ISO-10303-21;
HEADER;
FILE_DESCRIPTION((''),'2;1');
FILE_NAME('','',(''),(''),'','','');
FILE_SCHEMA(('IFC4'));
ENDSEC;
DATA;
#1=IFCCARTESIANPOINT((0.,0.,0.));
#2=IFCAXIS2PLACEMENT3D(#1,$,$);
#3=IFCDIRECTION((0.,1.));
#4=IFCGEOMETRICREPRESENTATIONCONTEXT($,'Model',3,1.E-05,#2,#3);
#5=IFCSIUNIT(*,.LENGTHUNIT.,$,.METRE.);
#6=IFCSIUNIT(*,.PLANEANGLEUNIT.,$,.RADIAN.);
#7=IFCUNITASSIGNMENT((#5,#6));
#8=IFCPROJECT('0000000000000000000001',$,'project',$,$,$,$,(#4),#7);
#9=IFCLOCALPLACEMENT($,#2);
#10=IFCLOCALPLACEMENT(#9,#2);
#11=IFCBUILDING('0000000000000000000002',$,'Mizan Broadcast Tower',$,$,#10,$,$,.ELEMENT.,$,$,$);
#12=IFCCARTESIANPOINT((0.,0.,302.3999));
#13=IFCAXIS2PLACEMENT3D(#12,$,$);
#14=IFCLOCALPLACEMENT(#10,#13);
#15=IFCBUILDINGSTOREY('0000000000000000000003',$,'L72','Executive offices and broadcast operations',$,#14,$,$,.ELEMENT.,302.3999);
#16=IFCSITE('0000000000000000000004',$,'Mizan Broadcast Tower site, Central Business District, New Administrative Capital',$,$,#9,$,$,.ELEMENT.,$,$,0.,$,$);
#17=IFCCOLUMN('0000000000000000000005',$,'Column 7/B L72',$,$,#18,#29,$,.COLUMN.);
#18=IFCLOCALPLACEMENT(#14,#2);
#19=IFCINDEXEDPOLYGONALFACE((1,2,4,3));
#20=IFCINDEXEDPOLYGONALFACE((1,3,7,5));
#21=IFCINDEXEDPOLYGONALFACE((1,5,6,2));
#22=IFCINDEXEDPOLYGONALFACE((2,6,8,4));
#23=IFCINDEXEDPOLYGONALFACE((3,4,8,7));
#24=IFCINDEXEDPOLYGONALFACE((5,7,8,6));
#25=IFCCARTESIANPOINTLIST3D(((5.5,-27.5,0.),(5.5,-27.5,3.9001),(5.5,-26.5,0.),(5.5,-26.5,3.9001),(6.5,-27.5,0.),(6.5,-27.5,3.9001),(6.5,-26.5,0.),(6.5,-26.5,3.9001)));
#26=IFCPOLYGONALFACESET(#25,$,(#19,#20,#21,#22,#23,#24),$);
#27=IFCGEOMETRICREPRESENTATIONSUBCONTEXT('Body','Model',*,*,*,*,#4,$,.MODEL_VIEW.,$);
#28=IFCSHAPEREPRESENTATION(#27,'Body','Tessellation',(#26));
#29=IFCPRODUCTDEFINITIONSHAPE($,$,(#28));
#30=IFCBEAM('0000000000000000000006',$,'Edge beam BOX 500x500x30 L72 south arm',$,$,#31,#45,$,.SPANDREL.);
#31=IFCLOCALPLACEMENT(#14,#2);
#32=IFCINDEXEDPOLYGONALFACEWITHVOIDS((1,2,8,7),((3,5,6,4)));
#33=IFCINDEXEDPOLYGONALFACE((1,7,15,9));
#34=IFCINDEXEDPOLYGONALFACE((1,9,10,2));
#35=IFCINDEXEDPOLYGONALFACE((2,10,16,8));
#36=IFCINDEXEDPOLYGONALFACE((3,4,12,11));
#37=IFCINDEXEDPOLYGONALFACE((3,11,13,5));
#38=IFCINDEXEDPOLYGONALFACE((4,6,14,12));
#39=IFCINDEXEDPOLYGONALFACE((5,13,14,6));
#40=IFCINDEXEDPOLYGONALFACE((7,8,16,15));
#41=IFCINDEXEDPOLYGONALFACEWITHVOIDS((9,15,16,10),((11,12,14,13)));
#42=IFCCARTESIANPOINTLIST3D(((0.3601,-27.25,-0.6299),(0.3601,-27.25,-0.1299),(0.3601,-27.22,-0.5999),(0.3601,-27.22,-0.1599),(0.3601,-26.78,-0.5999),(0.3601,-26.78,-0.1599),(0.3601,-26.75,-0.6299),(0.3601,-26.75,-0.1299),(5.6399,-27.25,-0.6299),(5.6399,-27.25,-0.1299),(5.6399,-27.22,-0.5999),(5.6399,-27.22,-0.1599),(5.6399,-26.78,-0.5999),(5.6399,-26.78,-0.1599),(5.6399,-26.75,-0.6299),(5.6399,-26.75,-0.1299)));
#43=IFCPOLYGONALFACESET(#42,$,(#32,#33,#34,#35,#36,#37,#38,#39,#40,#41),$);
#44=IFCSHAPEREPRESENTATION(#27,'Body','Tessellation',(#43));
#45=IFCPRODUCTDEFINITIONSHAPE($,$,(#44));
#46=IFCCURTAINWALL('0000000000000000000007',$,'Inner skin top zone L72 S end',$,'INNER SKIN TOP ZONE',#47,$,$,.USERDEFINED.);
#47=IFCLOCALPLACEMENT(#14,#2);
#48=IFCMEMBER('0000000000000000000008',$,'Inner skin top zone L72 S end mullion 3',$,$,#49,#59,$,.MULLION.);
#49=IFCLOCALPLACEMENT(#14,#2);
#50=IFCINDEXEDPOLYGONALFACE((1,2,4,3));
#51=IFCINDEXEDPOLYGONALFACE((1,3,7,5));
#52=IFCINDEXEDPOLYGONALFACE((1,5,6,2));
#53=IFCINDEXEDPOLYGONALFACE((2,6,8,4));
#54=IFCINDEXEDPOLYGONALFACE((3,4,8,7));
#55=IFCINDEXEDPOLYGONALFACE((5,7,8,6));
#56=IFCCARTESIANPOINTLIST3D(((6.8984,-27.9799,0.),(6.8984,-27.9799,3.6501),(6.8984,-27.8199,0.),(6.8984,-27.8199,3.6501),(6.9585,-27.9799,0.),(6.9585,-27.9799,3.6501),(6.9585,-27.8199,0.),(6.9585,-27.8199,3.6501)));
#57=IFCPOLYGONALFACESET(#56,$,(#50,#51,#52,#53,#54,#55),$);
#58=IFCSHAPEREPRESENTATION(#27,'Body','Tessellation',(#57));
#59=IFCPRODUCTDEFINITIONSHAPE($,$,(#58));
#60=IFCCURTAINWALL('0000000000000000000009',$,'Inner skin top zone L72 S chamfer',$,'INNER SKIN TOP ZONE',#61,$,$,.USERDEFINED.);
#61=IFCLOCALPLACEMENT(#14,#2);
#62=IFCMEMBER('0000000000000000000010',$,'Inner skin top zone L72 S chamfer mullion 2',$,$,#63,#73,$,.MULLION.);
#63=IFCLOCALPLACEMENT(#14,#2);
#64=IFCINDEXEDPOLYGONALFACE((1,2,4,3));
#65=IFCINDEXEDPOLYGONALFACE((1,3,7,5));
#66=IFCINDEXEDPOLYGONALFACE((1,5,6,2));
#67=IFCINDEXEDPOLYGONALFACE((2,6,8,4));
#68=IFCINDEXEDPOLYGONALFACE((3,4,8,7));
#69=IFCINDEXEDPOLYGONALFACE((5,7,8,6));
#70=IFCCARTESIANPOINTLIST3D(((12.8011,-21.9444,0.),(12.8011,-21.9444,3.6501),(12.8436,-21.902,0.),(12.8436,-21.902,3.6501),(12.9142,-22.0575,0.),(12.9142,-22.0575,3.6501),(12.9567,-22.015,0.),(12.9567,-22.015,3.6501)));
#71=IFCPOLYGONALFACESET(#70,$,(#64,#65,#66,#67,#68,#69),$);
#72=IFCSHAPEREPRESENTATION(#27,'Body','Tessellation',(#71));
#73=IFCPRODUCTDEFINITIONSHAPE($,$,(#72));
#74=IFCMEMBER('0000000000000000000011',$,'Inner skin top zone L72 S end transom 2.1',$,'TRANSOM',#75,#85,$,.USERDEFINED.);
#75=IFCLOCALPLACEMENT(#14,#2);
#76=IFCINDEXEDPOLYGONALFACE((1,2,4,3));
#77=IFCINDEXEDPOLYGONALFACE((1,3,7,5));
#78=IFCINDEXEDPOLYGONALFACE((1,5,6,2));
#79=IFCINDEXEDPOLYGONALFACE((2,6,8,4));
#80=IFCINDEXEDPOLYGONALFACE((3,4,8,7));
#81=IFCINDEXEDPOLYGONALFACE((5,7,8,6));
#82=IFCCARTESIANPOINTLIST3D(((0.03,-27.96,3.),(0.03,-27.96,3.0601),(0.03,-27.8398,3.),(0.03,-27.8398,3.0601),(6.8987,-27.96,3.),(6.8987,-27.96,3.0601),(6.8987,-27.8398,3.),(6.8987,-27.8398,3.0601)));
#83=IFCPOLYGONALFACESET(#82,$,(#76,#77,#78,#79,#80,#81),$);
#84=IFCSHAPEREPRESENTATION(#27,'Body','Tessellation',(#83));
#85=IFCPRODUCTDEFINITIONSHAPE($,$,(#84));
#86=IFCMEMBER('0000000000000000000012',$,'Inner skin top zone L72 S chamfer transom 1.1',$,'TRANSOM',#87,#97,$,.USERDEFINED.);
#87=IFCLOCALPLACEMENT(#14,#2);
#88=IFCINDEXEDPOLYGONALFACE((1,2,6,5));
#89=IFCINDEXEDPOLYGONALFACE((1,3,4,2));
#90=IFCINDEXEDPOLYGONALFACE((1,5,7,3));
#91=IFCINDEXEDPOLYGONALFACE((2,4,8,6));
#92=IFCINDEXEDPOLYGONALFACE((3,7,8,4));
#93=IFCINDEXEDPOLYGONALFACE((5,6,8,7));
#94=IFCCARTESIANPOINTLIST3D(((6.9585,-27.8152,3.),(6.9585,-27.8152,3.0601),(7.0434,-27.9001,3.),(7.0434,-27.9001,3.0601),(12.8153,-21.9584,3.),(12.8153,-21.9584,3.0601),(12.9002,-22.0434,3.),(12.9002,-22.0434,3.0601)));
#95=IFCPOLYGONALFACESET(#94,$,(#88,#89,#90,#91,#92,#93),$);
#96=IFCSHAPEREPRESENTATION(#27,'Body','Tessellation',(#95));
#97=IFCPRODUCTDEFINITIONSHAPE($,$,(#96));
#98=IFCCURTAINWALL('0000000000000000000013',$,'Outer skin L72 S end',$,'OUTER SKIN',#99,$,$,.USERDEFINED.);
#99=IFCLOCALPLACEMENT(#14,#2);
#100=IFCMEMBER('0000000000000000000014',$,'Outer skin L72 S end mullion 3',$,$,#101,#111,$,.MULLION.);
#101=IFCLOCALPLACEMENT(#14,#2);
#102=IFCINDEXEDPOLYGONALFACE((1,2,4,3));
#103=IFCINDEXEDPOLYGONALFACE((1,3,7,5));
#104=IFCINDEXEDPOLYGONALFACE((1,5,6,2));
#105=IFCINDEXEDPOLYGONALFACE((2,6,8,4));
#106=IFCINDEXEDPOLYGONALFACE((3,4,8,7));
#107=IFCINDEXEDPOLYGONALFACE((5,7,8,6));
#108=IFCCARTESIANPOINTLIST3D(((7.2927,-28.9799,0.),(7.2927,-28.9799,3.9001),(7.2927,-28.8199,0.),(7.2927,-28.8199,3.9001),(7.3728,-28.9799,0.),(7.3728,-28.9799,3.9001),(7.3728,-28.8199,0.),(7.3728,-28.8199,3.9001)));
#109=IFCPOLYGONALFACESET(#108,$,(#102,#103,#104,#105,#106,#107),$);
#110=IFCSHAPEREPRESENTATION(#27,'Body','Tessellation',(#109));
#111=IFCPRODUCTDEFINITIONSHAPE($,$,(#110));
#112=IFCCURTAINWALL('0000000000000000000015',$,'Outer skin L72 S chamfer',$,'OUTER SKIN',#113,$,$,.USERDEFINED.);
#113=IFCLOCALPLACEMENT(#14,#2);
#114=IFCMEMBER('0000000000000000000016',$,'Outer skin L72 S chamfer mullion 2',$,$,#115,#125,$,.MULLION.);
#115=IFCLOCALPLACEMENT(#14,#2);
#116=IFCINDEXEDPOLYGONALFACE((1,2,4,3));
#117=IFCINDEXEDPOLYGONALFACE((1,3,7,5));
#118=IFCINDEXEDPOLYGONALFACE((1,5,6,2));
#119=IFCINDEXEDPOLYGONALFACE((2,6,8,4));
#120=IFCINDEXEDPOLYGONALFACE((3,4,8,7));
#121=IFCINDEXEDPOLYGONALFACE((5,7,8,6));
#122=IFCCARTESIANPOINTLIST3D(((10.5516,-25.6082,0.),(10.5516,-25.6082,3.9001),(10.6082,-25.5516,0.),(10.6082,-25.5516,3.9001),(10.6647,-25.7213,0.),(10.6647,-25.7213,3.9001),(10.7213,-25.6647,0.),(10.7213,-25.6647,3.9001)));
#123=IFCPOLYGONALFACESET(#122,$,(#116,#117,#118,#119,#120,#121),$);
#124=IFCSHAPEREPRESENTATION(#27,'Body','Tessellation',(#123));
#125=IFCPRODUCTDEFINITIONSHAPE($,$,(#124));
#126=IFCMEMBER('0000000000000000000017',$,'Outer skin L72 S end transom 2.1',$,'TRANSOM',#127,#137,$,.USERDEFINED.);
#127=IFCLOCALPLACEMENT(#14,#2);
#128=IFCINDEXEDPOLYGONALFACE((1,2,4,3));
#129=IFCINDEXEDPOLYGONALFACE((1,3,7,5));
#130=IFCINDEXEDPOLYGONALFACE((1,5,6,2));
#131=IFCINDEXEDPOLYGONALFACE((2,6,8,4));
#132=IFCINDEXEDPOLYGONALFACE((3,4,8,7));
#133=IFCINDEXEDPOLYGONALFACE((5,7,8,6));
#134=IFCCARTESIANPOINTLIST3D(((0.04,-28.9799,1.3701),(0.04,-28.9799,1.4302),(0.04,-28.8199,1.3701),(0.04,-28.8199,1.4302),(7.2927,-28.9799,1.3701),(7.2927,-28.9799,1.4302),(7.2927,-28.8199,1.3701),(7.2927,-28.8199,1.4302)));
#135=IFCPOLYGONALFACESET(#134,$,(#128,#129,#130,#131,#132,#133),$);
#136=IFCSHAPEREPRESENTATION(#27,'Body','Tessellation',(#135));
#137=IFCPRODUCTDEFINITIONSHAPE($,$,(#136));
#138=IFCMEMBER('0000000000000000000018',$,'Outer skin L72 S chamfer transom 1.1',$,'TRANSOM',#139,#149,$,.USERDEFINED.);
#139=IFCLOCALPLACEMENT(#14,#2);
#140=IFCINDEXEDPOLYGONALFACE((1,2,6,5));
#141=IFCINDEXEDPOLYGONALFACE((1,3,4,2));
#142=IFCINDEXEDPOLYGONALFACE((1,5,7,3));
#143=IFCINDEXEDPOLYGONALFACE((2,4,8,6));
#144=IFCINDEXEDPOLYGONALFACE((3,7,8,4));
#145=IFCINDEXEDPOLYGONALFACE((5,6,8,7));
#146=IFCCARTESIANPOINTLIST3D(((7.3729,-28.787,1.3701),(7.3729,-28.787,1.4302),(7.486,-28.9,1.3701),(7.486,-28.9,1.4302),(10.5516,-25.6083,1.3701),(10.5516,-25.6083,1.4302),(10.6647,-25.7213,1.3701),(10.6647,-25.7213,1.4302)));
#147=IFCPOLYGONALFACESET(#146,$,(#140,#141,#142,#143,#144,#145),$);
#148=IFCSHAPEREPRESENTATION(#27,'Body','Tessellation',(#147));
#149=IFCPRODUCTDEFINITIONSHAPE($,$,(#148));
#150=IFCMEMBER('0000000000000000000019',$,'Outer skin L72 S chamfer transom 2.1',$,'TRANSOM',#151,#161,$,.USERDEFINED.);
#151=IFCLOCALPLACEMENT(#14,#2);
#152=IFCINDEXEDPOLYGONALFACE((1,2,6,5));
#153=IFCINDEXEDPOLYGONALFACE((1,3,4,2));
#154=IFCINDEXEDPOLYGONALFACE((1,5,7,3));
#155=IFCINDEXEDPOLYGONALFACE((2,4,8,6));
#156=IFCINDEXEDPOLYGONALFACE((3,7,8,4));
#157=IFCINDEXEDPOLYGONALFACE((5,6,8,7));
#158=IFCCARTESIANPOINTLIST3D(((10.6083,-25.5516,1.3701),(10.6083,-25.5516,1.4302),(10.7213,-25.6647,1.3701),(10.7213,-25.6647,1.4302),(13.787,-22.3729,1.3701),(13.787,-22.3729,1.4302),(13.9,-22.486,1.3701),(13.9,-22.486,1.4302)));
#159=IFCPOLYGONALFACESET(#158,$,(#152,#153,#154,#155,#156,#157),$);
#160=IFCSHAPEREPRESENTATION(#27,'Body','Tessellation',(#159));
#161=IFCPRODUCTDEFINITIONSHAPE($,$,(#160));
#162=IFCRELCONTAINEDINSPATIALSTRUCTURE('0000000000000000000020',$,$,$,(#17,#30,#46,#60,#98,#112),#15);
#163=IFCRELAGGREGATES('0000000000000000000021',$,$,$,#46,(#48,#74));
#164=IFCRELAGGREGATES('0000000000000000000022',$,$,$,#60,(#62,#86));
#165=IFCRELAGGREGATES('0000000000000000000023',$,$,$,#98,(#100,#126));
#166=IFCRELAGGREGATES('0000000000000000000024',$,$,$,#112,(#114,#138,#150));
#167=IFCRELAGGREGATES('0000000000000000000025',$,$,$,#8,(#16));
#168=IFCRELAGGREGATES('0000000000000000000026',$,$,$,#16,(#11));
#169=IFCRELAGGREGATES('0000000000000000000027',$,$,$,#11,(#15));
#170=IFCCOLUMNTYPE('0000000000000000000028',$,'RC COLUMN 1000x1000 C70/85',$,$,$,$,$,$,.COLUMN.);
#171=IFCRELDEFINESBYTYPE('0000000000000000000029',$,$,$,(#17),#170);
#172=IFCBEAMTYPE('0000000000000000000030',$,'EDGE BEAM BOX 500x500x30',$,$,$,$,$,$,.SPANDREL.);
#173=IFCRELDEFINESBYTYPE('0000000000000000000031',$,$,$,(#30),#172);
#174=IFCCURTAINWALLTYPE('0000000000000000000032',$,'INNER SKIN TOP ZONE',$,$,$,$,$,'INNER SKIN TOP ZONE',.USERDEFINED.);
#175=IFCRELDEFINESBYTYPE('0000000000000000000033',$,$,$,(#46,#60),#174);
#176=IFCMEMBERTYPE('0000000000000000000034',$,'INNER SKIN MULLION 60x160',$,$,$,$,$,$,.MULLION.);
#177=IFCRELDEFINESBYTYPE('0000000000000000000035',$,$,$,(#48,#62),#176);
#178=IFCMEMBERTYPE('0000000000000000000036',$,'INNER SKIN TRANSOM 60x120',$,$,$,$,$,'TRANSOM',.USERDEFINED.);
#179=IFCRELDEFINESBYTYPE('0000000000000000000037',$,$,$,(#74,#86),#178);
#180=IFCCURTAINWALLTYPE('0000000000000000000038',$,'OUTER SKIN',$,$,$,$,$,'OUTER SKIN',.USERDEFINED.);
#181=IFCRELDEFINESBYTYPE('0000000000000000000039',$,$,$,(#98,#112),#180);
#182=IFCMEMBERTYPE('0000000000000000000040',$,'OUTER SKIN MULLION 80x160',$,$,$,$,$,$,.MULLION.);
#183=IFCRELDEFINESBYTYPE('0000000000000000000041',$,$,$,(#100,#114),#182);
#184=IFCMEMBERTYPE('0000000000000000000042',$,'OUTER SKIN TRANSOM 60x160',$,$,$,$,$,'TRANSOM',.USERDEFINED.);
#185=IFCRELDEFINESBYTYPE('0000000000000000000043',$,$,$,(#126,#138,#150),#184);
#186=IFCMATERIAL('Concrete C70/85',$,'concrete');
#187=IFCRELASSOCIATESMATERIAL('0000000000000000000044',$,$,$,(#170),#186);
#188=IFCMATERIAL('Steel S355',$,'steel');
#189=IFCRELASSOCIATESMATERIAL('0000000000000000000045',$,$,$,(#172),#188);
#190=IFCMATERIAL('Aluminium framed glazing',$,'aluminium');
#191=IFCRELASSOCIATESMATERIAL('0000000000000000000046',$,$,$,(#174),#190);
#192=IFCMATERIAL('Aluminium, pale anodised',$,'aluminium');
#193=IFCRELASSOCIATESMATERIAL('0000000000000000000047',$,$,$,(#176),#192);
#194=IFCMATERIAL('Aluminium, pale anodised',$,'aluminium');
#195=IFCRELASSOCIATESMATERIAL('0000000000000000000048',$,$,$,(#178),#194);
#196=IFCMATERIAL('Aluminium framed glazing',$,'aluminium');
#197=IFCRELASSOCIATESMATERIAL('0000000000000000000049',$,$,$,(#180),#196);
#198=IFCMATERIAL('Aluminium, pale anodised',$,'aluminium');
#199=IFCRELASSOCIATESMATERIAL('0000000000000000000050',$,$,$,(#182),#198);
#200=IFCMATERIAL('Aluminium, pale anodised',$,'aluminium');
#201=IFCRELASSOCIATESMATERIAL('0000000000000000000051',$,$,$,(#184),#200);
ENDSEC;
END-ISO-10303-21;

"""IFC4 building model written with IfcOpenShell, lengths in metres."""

from ifc_helpers import new_model, si_unit, direction, frame, origin, origin_2d, place, context, subcontext, project, spatial, rectangle, hollow_rectangle, extrude, material, material_profile, profile_set, type_object, element, aggregate, save


model = new_model("IFC4")

# Units and contexts
model_context = context("Model", 3, precision=1e-05, world=origin(), true_north=direction((0.0, 1.0)))
body_context = subcontext(model_context, "Body", "Model", "MODEL_VIEW")
ifc_project = project(units=[si_unit("LENGTHUNIT", "METRE"), si_unit("PLANEANGLEUNIT", "RADIAN")], contexts=[model_context])

# Site, building, storey
site_placement = place(None, origin())
site = spatial("IfcSite", under=ifc_project, at=site_placement, Name="Mizan Broadcast Tower site, Central Business District, New Administrative Capital", CompositionType="ELEMENT", RefElevation=0.0)
building_placement = place(site_placement, origin())
building = spatial("IfcBuilding", under=site, at=building_placement, Name="Mizan Broadcast Tower", CompositionType="ELEMENT")
storey_placement = place(building_placement, frame((0.0, 0.0, 302.3999)))
storey = spatial("IfcBuildingStorey", under=building, at=storey_placement, Name="L72", Description="Executive offices and broadcast operations", CompositionType="ELEMENT", Elevation=302.3999)

# Column
ifc_material_1 = material(Name="Concrete C70/85", Category="concrete")
ifc_material_profile_1 = material_profile(ifc_material_1, rectangle(XDim=1.0, YDim=1.0, at=origin_2d()), Name="RC 1000x1000")
ifc_profile_set_1 = profile_set([ifc_material_profile_1], Name="Concrete C70/85")
column_type = type_object("IfcColumnType", Name="RC COLUMN 1000x1000 C70/85", PredefinedType="COLUMN", material=ifc_profile_set_1)
column_placement = place(storey_placement, frame((6.0, -27.0, 0.0), z_axis=(0.0, 0.0, 1.0), x_axis=(1.0, 0.0, 0.0)))
element("IfcColumn", 1, at=column_placement, inside=storey, type_object=column_type, Name="Column 7/B L72", PredefinedType="COLUMN", context=body_context, shape_type="SweptSolid", body=[
    extrude(rectangle(XDim=1.0, YDim=1.0, at=origin_2d()), origin(), (0.0, 0.0, 1.0), 3.9001),
])

# Beam
ifc_material_2 = material(Name="Steel S355", Category="steel")
ifc_material_profile_2 = material_profile(ifc_material_2, hollow_rectangle(XDim=0.5, YDim=0.5, WallThickness=0.03, at=origin_2d()), Name="BOX 500x500x30")
ifc_profile_set_2 = profile_set([ifc_material_profile_2], Name="Steel S355")
beam_type_1 = type_object("IfcBeamType", Name="EDGE BEAM BOX 500x500x30", PredefinedType="SPANDREL", material=ifc_profile_set_2)
beam_1_placement = place(storey_placement, frame((5.6399, -27.0, -0.3799), z_axis=(-1.0, 0.0, 0.0), x_axis=(0.0, -1.0, 0.0)))
element("IfcBeam", 2, at=beam_1_placement, inside=storey, type_object=beam_type_1, Name="Edge beam BOX 500x500x30 L72 south arm", PredefinedType="SPANDREL", context=body_context, shape_type="SweptSolid", body=[
    extrude(hollow_rectangle(XDim=0.5, YDim=0.5, WallThickness=0.03, at=origin_2d()), origin(), (0.0, 0.0, 1.0), 5.2798),
])

# Curtain walls, members
ifc_material_3 = material(Name="Aluminium framed glazing", Category="aluminium")
curtain_wall_type_1 = type_object("IfcCurtainWallType", Name="INNER SKIN TOP ZONE", ElementType="INNER SKIN TOP ZONE", PredefinedType="USERDEFINED", material=ifc_material_3)
curtain_wall_1_placement = place(storey_placement, origin())
curtain_wall_1 = element("IfcCurtainWall", 3, at=curtain_wall_1_placement, inside=storey, type_object=curtain_wall_type_1, Name="Inner skin top zone L72 S end", ObjectType="INNER SKIN TOP ZONE", PredefinedType="USERDEFINED")
ifc_material_4 = material(Name="Aluminium, pale anodised", Category="aluminium")
ifc_material_profile_3 = material_profile(ifc_material_4, rectangle(XDim=0.1599, YDim=0.0601, at=origin_2d()), Name="MULLION 160x60")
ifc_profile_set_3 = profile_set([ifc_material_profile_3], Name="Aluminium, pale anodised")
member_type_1 = type_object("IfcMemberType", Name="INNER SKIN MULLION 60x160", PredefinedType="MULLION", material=ifc_profile_set_3)
member_1_placement = place(storey_placement, frame((6.9285, -27.8999, 0.0), z_axis=(0.0, 0.0, 1.0), x_axis=(0.0, 1.0, 0.0)))
member_1 = element("IfcMember", 4, at=member_1_placement, type_object=member_type_1, Name="Inner skin top zone L72 S end mullion 3", PredefinedType="MULLION", context=body_context, shape_type="SweptSolid", body=[
    extrude(rectangle(XDim=0.1599, YDim=0.0601, at=origin_2d()), origin(), (0.0, 0.0, 1.0), 3.6501),
])
curtain_wall_2_placement = place(storey_placement, origin())
curtain_wall_2 = element("IfcCurtainWall", 5, at=curtain_wall_2_placement, inside=storey, type_object=curtain_wall_type_1, Name="Inner skin top zone L72 S chamfer", ObjectType="INNER SKIN TOP ZONE", PredefinedType="USERDEFINED")
member_2_placement = place(storey_placement, frame((12.8789, -21.9797, 0.0), z_axis=(0.0, 0.0, 1.0), x_axis=(-0.707107, 0.707107, 0.0)))
member_2 = element("IfcMember", 6, at=member_2_placement, type_object=member_type_1, Name="Inner skin top zone L72 S chamfer mullion 2", PredefinedType="MULLION", context=body_context, shape_type="SweptSolid", body=[
    extrude(rectangle(XDim=0.1599, YDim=0.0601, at=origin_2d()), origin(), (0.0, 0.0, 1.0), 3.6501),
])

# Members
ifc_material_5 = material(Name="Aluminium, pale anodised", Category="aluminium")
ifc_material_profile_4 = material_profile(ifc_material_5, rectangle(XDim=0.1201, YDim=0.0601, at=origin_2d()), Name="TRANSOM 120x60")
ifc_profile_set_4 = profile_set([ifc_material_profile_4], Name="Aluminium, pale anodised")
member_type_2 = type_object("IfcMemberType", Name="INNER SKIN TRANSOM 60x120", ElementType="TRANSOM", PredefinedType="USERDEFINED", material=ifc_profile_set_4)
member_3_placement = place(storey_placement, frame((0.03, -27.8999, 3.03), z_axis=(1.0, 0.0, 0.0), x_axis=(0.0, 1.0, 0.0)))
member_3 = element("IfcMember", 7, at=member_3_placement, type_object=member_type_2, Name="Inner skin top zone L72 S end transom 2.1", ObjectType="TRANSOM", PredefinedType="USERDEFINED", context=body_context, shape_type="SweptSolid", body=[
    extrude(rectangle(XDim=0.1201, YDim=0.0601, at=origin_2d()), origin(), (0.0, 0.0, 1.0), 6.8687),
])
member_4_placement = place(storey_placement, frame((7.001, -27.8577, 3.03), z_axis=(0.707107, 0.707107, 0.0), x_axis=(-0.707107, 0.707107, 0.0)))
member_4 = element("IfcMember", 8, at=member_4_placement, type_object=member_type_2, Name="Inner skin top zone L72 S chamfer transom 1.1", ObjectType="TRANSOM", PredefinedType="USERDEFINED", context=body_context, shape_type="SweptSolid", body=[
    extrude(rectangle(XDim=0.1201, YDim=0.0601, at=origin_2d()), origin(), (0.0, 0.0, 1.0), 8.2827),
])

# Curtain walls, members
ifc_material_6 = material(Name="Aluminium framed glazing", Category="aluminium")
curtain_wall_type_2 = type_object("IfcCurtainWallType", Name="OUTER SKIN", ElementType="OUTER SKIN", PredefinedType="USERDEFINED", material=ifc_material_6)
curtain_wall_3_placement = place(storey_placement, origin())
curtain_wall_3 = element("IfcCurtainWall", 9, at=curtain_wall_3_placement, inside=storey, type_object=curtain_wall_type_2, Name="Outer skin L72 S end", ObjectType="OUTER SKIN", PredefinedType="USERDEFINED")
ifc_material_7 = material(Name="Aluminium, pale anodised", Category="aluminium")
ifc_material_profile_5 = material_profile(ifc_material_7, rectangle(XDim=0.1599, YDim=0.0801, at=origin_2d()), Name="MULLION 160x80")
ifc_profile_set_5 = profile_set([ifc_material_profile_5], Name="Aluminium, pale anodised")
member_type_3 = type_object("IfcMemberType", Name="OUTER SKIN MULLION 80x160", PredefinedType="MULLION", material=ifc_profile_set_5)
member_5_placement = place(storey_placement, frame((7.3328, -28.8999, 0.0), z_axis=(0.0, 0.0, 1.0), x_axis=(0.0, 1.0, 0.0)))
member_5 = element("IfcMember", 10, at=member_5_placement, type_object=member_type_3, Name="Outer skin L72 S end mullion 3", PredefinedType="MULLION", context=body_context, shape_type="SweptSolid", body=[
    extrude(rectangle(XDim=0.1599, YDim=0.0801, at=origin_2d()), origin(), (0.0, 0.0, 1.0), 3.9001),
])
curtain_wall_4_placement = place(storey_placement, origin())
curtain_wall_4 = element("IfcCurtainWall", 11, at=curtain_wall_4_placement, inside=storey, type_object=curtain_wall_type_2, Name="Outer skin L72 S chamfer", ObjectType="OUTER SKIN", PredefinedType="USERDEFINED")
member_6_placement = place(storey_placement, frame((10.6365, -25.6365, 0.0), z_axis=(0.0, 0.0, 1.0), x_axis=(-0.707107, 0.707107, 0.0)))
member_6 = element("IfcMember", 12, at=member_6_placement, type_object=member_type_3, Name="Outer skin L72 S chamfer mullion 2", PredefinedType="MULLION", context=body_context, shape_type="SweptSolid", body=[
    extrude(rectangle(XDim=0.1599, YDim=0.0801, at=origin_2d()), origin(), (0.0, 0.0, 1.0), 3.9001),
])

# Members
ifc_material_8 = material(Name="Aluminium, pale anodised", Category="aluminium")
ifc_material_profile_6 = material_profile(ifc_material_8, rectangle(XDim=0.1599, YDim=0.0601, at=origin_2d()), Name="TRANSOM 160x60")
ifc_profile_set_6 = profile_set([ifc_material_profile_6], Name="Aluminium, pale anodised")
member_type_4 = type_object("IfcMemberType", Name="OUTER SKIN TRANSOM 60x160", ElementType="TRANSOM", PredefinedType="USERDEFINED", material=ifc_profile_set_6)
member_7_placement = place(storey_placement, frame((0.04, -28.8999, 1.4001), z_axis=(1.0, 0.0, 0.0), x_axis=(0.0, 1.0, 0.0)))
member_7 = element("IfcMember", 13, at=member_7_placement, type_object=member_type_4, Name="Outer skin L72 S end transom 2.1", ObjectType="TRANSOM", PredefinedType="USERDEFINED", context=body_context, shape_type="SweptSolid", body=[
    extrude(rectangle(XDim=0.1599, YDim=0.0601, at=origin_2d()), origin(), (0.0, 0.0, 1.0), 7.2527),
])
member_8_placement = place(storey_placement, frame((7.4294, -28.8435, 1.4001), z_axis=(0.707107, 0.707107, 0.0), x_axis=(-0.707107, 0.707107, 0.0)))
member_8 = element("IfcMember", 14, at=member_8_placement, type_object=member_type_4, Name="Outer skin L72 S chamfer transom 1.1", ObjectType="TRANSOM", PredefinedType="USERDEFINED", context=body_context, shape_type="SweptSolid", body=[
    extrude(rectangle(XDim=0.1599, YDim=0.0601, at=origin_2d()), origin(), (0.0, 0.0, 1.0), 4.4954),
])
member_9_placement = place(storey_placement, frame((10.6648, -25.6082, 1.4001), z_axis=(0.707107, 0.707107, 0.0), x_axis=(-0.707107, 0.707107, 0.0)))
member_9 = element("IfcMember", 15, at=member_9_placement, type_object=member_type_4, Name="Outer skin L72 S chamfer transom 2.1", ObjectType="TRANSOM", PredefinedType="USERDEFINED", context=body_context, shape_type="SweptSolid", body=[
    extrude(rectangle(XDim=0.1599, YDim=0.0601, at=origin_2d()), origin(), (0.0, 0.0, 1.0), 4.4954),
])

aggregate(curtain_wall_1, [member_1, member_3])
aggregate(curtain_wall_2, [member_2, member_4])
aggregate(curtain_wall_3, [member_5, member_7])
aggregate(curtain_wall_4, [member_6, member_8, member_9])

save(model, "model.ifc")
